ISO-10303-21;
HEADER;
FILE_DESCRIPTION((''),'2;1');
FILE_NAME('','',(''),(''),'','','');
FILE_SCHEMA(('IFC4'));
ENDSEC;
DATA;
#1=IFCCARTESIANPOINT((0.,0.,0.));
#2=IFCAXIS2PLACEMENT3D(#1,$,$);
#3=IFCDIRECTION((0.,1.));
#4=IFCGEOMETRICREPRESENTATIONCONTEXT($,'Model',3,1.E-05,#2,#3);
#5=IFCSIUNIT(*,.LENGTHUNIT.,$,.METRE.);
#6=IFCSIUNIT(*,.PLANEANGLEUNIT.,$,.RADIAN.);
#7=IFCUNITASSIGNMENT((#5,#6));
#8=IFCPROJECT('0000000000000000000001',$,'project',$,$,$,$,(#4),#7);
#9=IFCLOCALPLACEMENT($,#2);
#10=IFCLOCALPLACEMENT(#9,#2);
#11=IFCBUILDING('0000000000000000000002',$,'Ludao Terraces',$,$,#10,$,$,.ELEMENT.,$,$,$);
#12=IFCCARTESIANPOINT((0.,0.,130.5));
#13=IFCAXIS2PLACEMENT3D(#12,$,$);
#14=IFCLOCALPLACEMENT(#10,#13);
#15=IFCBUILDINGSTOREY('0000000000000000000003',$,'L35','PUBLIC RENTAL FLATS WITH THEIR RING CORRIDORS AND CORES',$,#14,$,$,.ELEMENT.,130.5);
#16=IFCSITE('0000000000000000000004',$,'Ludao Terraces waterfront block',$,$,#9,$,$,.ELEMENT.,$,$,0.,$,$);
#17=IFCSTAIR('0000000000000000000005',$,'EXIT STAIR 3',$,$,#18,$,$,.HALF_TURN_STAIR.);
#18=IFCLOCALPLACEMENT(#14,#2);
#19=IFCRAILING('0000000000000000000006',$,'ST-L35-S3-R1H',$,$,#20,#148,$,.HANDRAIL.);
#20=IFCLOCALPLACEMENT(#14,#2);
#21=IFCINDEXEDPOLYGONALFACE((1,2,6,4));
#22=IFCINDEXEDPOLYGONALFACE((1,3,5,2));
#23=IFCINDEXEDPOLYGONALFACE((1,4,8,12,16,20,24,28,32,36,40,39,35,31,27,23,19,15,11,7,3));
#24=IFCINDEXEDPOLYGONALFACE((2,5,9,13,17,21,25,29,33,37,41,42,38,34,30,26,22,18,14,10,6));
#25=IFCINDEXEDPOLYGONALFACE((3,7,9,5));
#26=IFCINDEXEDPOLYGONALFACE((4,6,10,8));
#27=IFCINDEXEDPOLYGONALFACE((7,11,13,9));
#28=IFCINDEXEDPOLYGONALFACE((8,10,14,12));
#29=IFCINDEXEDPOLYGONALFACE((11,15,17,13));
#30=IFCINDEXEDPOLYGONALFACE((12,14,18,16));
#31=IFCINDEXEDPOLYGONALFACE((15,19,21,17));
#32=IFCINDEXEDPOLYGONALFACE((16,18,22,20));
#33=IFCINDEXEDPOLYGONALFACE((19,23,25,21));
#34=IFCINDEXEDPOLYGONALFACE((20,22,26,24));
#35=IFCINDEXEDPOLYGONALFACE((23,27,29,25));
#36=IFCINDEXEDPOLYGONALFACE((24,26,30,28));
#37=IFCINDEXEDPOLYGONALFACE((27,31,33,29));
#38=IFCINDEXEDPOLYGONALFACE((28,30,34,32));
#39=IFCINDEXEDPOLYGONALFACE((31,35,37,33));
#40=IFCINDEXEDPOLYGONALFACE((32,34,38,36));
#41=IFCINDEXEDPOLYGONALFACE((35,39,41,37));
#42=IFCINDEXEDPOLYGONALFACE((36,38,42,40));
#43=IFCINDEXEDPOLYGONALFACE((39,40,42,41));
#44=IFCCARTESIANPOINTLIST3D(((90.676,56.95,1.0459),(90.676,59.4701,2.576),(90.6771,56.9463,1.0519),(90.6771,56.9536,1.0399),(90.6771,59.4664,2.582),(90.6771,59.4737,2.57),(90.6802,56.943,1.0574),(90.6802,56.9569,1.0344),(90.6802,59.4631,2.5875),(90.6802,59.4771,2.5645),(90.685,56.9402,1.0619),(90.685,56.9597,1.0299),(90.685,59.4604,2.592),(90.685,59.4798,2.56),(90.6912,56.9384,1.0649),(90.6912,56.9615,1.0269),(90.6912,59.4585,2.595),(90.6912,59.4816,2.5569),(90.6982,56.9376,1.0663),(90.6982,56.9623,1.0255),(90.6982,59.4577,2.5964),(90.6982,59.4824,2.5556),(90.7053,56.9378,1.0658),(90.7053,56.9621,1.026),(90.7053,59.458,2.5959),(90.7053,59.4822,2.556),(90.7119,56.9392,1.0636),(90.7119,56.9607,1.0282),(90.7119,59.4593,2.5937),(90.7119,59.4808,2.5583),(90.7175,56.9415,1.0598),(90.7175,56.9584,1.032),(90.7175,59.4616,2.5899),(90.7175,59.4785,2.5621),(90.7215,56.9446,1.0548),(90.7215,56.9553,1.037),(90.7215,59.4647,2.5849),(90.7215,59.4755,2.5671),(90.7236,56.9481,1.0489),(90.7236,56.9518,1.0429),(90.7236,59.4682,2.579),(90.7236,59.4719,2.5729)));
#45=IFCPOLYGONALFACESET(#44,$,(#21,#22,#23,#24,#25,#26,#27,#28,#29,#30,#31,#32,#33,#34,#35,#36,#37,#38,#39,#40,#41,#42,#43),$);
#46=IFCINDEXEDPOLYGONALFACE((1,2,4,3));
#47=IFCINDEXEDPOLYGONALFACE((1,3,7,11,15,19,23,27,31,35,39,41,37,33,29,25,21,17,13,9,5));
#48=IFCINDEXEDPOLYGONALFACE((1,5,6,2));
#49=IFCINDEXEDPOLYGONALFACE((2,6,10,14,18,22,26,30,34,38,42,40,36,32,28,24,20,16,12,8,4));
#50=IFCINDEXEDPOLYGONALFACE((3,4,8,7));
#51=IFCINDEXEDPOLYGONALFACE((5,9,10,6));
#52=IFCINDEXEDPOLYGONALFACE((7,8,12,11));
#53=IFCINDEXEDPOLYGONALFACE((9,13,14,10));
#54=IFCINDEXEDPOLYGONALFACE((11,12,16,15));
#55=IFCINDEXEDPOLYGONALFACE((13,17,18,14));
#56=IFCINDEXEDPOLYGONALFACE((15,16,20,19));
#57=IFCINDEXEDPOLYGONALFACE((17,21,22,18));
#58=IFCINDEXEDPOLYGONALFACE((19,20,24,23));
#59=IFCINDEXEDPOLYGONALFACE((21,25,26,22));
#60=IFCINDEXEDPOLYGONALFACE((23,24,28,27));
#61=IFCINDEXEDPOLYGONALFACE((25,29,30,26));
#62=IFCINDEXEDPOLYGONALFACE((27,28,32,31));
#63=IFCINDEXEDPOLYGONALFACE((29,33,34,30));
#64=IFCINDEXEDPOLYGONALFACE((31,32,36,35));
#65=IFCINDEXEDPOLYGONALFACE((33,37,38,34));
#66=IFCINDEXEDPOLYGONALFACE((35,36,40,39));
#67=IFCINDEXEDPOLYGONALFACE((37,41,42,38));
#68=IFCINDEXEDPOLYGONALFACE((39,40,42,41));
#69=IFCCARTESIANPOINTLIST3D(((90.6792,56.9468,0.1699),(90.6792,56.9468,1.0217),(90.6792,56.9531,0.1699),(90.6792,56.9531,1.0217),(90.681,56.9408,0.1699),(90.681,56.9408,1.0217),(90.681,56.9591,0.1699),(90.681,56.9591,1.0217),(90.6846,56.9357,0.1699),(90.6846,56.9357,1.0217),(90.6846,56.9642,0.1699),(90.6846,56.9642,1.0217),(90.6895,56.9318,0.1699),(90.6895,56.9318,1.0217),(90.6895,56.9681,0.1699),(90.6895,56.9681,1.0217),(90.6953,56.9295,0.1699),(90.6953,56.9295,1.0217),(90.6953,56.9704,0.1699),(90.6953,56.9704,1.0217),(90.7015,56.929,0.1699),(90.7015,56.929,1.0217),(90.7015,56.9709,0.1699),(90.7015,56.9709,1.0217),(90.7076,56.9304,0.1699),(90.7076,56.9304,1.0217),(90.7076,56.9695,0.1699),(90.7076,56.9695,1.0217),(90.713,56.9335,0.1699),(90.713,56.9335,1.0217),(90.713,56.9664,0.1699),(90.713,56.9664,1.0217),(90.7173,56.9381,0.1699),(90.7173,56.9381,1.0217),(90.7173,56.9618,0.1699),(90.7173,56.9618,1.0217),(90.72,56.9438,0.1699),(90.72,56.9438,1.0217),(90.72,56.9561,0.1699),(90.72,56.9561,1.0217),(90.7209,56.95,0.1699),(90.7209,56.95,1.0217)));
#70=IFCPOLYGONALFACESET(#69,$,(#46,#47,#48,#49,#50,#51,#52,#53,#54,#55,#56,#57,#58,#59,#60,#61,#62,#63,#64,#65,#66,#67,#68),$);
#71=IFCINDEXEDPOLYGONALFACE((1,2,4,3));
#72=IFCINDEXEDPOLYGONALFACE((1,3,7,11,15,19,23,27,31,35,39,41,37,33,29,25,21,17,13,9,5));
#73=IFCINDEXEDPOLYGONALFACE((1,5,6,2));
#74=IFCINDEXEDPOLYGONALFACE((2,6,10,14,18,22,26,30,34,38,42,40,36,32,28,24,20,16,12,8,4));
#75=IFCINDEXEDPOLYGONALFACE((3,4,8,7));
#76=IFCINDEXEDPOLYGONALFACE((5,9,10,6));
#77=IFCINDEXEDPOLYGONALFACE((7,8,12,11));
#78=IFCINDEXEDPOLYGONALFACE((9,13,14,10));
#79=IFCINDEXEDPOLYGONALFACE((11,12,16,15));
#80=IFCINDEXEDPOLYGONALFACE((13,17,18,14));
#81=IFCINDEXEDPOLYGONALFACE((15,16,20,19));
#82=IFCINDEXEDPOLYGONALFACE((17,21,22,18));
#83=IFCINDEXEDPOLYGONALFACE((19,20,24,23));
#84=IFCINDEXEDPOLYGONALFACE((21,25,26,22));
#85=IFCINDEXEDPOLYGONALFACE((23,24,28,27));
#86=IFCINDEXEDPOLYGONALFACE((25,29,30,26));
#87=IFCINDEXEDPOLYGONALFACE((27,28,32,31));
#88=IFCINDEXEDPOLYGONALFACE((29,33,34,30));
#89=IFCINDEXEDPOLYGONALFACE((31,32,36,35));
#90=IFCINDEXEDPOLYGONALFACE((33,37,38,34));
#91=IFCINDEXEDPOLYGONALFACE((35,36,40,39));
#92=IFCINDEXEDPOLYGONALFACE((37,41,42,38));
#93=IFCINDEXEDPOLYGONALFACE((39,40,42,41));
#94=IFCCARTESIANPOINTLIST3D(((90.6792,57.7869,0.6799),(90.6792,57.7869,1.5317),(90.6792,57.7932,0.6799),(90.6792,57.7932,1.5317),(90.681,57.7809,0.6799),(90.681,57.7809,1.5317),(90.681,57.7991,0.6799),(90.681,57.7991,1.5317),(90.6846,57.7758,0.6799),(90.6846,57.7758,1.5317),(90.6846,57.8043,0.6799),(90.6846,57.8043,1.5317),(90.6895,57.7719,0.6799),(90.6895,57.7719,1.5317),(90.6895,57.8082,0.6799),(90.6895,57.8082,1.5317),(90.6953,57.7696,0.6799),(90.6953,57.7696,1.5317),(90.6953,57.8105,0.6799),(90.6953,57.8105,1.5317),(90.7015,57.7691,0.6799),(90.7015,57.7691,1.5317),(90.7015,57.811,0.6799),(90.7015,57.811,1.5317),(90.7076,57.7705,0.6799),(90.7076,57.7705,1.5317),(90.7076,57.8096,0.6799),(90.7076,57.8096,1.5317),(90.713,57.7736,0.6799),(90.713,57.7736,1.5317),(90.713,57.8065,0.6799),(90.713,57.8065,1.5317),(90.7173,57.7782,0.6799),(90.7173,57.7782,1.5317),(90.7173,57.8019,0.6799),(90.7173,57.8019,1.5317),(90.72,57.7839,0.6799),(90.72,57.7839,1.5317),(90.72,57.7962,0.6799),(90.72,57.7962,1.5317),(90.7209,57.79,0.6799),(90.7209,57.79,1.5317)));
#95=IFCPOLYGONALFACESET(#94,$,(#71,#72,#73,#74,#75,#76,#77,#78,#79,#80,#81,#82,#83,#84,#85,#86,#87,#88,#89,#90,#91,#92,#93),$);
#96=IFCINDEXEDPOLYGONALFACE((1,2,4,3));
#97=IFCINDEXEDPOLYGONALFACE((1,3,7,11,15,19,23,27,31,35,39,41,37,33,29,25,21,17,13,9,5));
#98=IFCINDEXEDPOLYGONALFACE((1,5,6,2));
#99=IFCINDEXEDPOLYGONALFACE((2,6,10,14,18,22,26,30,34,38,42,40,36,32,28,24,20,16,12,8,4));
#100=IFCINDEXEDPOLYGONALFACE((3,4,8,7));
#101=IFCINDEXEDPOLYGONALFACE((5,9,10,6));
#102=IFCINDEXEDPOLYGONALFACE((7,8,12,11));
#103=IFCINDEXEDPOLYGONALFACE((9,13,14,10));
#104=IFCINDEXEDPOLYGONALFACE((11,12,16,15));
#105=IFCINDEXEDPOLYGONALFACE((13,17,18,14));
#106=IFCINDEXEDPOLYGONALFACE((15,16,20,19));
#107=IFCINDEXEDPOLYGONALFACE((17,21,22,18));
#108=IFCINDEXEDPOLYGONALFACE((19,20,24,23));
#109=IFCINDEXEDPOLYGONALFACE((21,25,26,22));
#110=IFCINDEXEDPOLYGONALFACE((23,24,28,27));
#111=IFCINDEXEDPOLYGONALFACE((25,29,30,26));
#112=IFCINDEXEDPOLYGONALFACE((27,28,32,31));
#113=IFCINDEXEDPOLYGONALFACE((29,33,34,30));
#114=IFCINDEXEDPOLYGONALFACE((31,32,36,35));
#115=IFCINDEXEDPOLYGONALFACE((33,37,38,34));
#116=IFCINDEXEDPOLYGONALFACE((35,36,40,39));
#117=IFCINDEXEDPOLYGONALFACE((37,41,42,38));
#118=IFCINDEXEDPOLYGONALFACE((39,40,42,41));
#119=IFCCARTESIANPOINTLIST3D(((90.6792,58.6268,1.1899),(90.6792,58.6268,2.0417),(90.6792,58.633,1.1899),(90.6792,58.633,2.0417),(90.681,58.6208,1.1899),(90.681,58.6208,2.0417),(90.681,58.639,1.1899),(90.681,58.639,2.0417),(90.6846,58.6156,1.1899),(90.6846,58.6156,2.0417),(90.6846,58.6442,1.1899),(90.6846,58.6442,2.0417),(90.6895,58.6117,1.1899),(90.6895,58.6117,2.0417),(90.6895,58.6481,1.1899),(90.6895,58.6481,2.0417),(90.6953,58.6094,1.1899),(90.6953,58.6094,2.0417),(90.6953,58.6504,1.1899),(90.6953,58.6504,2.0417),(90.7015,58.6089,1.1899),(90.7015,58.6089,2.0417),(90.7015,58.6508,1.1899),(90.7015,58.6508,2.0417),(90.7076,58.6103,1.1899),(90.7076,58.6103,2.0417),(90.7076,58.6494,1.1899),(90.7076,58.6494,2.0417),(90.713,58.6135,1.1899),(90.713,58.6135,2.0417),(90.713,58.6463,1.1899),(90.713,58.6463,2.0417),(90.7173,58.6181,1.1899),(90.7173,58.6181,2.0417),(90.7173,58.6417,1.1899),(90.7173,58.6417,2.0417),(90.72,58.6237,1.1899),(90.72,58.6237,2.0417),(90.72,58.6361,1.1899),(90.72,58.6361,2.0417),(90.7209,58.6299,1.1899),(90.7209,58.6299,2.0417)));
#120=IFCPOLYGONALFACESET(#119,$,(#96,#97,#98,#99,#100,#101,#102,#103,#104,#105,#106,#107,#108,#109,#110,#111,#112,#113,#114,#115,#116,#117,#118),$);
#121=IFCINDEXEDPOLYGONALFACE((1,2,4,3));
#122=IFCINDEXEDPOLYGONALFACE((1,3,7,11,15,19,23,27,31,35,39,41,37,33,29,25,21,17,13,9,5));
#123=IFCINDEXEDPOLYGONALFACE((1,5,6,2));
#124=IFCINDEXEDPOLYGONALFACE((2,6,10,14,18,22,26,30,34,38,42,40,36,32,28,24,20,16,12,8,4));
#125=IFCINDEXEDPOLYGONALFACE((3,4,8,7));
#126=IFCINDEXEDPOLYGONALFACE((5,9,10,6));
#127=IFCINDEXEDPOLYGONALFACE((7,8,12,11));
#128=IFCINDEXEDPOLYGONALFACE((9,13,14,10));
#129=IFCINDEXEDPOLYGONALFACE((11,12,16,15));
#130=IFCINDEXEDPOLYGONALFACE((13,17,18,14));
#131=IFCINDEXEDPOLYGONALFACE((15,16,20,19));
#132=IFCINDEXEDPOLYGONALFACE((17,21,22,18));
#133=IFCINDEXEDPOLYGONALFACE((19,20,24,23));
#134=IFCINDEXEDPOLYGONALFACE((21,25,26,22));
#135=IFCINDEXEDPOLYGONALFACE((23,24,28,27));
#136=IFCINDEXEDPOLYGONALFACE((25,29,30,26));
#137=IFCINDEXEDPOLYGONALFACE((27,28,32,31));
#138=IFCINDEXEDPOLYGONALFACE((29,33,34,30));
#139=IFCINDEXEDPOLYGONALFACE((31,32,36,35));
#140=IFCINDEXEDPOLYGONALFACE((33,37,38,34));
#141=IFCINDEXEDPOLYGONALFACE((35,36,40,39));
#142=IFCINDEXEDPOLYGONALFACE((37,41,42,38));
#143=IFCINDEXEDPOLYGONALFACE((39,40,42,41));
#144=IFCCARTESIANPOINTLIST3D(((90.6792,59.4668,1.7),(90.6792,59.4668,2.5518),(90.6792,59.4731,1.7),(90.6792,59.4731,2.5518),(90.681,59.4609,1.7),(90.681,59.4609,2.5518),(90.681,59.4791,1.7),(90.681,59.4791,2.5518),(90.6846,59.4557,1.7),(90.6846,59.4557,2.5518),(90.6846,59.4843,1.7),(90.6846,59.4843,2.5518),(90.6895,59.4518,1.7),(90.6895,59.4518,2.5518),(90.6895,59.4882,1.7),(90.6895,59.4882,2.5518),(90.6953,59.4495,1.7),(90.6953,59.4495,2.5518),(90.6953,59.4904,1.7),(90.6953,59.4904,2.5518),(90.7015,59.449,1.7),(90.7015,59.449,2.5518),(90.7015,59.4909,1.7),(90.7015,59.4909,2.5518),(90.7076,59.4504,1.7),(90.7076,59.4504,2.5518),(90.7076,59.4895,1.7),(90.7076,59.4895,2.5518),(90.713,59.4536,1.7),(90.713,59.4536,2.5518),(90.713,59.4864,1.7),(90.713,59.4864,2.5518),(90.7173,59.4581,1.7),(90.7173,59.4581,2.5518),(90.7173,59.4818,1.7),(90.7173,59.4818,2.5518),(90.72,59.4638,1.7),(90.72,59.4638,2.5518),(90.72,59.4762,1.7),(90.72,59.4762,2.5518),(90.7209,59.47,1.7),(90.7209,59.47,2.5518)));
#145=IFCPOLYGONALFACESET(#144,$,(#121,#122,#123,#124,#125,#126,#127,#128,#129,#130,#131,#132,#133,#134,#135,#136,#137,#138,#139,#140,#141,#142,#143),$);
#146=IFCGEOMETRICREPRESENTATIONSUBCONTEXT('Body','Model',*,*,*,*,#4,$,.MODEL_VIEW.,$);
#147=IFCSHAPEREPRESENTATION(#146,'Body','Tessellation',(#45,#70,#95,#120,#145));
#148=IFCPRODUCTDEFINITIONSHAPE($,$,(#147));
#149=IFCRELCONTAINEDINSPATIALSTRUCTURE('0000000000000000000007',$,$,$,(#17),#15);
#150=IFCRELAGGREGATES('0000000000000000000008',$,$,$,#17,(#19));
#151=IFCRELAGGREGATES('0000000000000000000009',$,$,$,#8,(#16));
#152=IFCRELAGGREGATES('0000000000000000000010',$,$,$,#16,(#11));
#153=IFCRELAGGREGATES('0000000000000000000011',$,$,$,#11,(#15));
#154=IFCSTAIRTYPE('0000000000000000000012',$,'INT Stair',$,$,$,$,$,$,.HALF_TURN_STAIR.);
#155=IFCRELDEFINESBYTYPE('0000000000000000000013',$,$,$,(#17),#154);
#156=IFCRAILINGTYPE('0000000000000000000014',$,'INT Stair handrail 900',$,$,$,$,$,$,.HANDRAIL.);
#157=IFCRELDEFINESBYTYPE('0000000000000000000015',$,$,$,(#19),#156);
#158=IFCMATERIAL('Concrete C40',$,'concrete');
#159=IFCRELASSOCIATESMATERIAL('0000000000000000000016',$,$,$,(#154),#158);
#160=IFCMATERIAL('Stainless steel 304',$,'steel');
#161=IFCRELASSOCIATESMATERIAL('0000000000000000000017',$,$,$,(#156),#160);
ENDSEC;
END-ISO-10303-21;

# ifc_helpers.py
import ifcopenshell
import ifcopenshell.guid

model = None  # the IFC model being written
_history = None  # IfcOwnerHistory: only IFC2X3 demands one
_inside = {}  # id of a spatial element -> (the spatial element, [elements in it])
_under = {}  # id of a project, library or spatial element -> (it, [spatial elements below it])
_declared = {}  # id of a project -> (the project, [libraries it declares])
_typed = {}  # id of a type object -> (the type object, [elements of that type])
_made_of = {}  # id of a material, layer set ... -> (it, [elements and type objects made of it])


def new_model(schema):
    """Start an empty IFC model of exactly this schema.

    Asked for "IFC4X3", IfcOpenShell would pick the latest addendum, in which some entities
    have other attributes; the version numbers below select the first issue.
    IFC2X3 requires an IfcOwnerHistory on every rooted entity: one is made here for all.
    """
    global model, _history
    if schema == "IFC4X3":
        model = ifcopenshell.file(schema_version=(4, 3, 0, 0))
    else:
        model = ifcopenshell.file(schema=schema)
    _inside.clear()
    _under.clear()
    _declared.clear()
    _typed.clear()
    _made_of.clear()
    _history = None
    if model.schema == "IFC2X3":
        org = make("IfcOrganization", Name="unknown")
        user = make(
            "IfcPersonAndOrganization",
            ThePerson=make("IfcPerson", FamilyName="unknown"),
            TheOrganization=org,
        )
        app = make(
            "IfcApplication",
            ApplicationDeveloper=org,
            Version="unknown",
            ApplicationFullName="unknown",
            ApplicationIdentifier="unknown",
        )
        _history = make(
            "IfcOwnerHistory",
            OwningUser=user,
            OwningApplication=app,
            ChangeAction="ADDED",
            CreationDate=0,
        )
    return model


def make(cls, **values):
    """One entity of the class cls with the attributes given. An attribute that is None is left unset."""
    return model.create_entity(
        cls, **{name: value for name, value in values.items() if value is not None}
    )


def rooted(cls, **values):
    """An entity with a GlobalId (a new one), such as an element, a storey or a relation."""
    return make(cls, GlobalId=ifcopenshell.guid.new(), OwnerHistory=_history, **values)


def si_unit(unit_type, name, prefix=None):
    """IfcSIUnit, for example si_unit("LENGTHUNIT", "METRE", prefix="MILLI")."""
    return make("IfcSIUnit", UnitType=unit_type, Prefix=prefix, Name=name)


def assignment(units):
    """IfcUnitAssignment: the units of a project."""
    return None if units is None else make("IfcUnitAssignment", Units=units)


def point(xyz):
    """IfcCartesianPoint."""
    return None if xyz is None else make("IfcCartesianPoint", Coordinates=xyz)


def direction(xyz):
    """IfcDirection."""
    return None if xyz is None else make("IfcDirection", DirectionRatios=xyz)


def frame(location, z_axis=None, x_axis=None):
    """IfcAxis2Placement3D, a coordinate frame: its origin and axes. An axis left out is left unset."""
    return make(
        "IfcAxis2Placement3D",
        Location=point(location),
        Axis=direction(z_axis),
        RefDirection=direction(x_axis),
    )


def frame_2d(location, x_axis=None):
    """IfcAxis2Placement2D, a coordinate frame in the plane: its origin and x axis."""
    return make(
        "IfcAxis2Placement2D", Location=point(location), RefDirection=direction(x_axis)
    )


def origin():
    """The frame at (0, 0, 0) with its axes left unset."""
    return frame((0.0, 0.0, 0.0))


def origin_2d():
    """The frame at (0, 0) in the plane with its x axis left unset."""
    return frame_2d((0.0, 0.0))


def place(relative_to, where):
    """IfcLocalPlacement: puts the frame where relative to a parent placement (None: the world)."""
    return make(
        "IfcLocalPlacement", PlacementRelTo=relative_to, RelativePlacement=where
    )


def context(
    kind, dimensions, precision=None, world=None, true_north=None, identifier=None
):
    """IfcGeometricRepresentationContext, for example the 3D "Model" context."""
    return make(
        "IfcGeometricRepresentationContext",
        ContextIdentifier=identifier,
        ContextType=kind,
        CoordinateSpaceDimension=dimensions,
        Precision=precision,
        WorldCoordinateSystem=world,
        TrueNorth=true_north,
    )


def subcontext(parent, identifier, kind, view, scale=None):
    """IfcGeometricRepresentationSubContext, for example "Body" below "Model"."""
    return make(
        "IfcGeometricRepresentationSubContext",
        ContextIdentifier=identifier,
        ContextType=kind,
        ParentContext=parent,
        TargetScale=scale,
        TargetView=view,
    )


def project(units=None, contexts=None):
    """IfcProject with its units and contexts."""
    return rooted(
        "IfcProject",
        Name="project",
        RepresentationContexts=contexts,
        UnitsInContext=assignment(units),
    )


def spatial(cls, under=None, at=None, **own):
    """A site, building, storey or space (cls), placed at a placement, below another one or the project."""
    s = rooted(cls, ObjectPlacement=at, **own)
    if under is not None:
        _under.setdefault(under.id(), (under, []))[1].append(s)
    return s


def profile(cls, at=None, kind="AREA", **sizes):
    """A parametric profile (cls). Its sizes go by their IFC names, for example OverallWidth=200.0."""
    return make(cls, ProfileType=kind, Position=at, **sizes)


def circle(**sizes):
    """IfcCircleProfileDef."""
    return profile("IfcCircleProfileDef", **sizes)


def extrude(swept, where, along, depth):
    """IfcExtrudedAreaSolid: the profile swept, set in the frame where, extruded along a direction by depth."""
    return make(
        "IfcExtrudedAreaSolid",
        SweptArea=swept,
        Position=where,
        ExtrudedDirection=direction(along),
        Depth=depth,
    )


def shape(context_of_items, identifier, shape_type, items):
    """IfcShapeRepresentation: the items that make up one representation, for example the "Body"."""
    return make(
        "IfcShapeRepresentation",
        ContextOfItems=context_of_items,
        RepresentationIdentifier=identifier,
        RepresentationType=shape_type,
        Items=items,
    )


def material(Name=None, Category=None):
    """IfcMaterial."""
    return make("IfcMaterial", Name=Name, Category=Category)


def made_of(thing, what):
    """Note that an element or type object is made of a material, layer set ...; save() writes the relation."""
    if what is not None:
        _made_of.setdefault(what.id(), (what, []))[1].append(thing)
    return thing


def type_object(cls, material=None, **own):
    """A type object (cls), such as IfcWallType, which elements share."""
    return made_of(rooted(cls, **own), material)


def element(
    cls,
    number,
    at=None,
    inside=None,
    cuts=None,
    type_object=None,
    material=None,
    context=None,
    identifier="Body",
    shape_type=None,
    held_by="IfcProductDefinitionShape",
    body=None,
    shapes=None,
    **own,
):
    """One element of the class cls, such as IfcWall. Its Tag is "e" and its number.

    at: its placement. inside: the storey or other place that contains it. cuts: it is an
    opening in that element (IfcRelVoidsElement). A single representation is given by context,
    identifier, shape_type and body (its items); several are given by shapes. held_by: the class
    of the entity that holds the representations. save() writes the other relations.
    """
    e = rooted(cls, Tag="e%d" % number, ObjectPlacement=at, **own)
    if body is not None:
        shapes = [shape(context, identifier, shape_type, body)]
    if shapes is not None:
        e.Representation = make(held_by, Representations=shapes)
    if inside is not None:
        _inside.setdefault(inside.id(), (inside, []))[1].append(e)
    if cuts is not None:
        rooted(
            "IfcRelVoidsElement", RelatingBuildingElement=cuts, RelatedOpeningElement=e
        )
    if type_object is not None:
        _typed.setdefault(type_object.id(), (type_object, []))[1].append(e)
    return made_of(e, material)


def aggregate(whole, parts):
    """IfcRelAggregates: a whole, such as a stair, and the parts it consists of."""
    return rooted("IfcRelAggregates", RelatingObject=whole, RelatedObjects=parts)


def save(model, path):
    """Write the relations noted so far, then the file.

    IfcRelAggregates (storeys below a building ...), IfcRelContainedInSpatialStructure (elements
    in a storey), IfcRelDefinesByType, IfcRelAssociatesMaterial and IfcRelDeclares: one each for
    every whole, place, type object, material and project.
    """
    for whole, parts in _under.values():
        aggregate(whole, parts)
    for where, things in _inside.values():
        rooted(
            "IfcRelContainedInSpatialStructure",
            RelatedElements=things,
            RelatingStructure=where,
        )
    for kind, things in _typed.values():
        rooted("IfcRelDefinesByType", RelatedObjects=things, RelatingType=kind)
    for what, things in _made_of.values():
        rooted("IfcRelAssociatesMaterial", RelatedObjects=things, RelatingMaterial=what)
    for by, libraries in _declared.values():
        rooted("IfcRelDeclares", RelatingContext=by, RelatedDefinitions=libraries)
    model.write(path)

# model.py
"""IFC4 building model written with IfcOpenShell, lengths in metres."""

from ifc_helpers import new_model, si_unit, direction, frame, origin, origin_2d, place, context, subcontext, project, spatial, circle, extrude, material, type_object, element, aggregate, save


model = new_model("IFC4")

# Units and contexts
model_context = context("Model", 3, precision=1e-05, world=origin(), true_north=direction((0.0, 1.0)))
body_context = subcontext(model_context, "Body", "Model", "MODEL_VIEW")
ifc_project = project(units=[si_unit("LENGTHUNIT", "METRE"), si_unit("PLANEANGLEUNIT", "RADIAN")], contexts=[model_context])

# Site, building, storey
site_placement = place(None, origin())
site = spatial("IfcSite", under=ifc_project, at=site_placement, Name="Ludao Terraces waterfront block", CompositionType="ELEMENT", RefElevation=0.0)
building_placement = place(site_placement, origin())
building = spatial("IfcBuilding", under=site, at=building_placement, Name="Ludao Terraces", CompositionType="ELEMENT")
storey_placement = place(building_placement, frame((0.0, 0.0, 130.5)))
storey = spatial("IfcBuildingStorey", under=building, at=storey_placement, Name="L35", Description="PUBLIC RENTAL FLATS WITH THEIR RING CORRIDORS AND CORES", CompositionType="ELEMENT", Elevation=130.5)

# Shared definitions
ifc_material_1 = material(Name="Concrete C40", Category="concrete")

# Stair, railing
stair_type = type_object("IfcStairType", Name="INT Stair", PredefinedType="HALF_TURN_STAIR", material=ifc_material_1)
stair_placement = place(storey_placement, origin())
stair = element("IfcStair", 1, at=stair_placement, inside=storey, type_object=stair_type, Name="EXIT STAIR 3", PredefinedType="HALF_TURN_STAIR")
ifc_material_2 = material(Name="Stainless steel 304", Category="steel")
railing_type_1 = type_object("IfcRailingType", Name="INT Stair handrail 900", PredefinedType="HANDRAIL", material=ifc_material_2)
railing_1_placement = place(storey_placement, frame((90.7, 56.95, 0.1699)))
railing_1 = element("IfcRailing", 2, at=railing_1_placement, type_object=railing_type_1, Name="ST-L35-S3-R1H", PredefinedType="HANDRAIL", context=body_context, shape_type="SweptSolid", body=[
    extrude(circle(Radius=0.0239, at=origin_2d()), frame((0.0, 0.0, 0.876), z_axis=(0.0, 0.854785, 0.518982), x_axis=(-1.0, 0.0, 0.0)), (0.0, 0.0, 1.0), 2.9482),
    extrude(circle(Radius=0.021, at=origin_2d()), origin(), (0.0, 0.0, 1.0), 0.8518),
    extrude(circle(Radius=0.021, at=origin_2d()), frame((0.0, 0.8401, 0.51)), (0.0, 0.0, 1.0), 0.8518),
    extrude(circle(Radius=0.021, at=origin_2d()), frame((0.0, 1.6799, 1.02)), (0.0, 0.0, 1.0), 0.8518),
    extrude(circle(Radius=0.021, at=origin_2d()), frame((0.0, 2.52, 1.53)), (0.0, 0.0, 1.0), 0.8518),
])
aggregate(stair, [railing_1])

save(model, "model.ifc")
